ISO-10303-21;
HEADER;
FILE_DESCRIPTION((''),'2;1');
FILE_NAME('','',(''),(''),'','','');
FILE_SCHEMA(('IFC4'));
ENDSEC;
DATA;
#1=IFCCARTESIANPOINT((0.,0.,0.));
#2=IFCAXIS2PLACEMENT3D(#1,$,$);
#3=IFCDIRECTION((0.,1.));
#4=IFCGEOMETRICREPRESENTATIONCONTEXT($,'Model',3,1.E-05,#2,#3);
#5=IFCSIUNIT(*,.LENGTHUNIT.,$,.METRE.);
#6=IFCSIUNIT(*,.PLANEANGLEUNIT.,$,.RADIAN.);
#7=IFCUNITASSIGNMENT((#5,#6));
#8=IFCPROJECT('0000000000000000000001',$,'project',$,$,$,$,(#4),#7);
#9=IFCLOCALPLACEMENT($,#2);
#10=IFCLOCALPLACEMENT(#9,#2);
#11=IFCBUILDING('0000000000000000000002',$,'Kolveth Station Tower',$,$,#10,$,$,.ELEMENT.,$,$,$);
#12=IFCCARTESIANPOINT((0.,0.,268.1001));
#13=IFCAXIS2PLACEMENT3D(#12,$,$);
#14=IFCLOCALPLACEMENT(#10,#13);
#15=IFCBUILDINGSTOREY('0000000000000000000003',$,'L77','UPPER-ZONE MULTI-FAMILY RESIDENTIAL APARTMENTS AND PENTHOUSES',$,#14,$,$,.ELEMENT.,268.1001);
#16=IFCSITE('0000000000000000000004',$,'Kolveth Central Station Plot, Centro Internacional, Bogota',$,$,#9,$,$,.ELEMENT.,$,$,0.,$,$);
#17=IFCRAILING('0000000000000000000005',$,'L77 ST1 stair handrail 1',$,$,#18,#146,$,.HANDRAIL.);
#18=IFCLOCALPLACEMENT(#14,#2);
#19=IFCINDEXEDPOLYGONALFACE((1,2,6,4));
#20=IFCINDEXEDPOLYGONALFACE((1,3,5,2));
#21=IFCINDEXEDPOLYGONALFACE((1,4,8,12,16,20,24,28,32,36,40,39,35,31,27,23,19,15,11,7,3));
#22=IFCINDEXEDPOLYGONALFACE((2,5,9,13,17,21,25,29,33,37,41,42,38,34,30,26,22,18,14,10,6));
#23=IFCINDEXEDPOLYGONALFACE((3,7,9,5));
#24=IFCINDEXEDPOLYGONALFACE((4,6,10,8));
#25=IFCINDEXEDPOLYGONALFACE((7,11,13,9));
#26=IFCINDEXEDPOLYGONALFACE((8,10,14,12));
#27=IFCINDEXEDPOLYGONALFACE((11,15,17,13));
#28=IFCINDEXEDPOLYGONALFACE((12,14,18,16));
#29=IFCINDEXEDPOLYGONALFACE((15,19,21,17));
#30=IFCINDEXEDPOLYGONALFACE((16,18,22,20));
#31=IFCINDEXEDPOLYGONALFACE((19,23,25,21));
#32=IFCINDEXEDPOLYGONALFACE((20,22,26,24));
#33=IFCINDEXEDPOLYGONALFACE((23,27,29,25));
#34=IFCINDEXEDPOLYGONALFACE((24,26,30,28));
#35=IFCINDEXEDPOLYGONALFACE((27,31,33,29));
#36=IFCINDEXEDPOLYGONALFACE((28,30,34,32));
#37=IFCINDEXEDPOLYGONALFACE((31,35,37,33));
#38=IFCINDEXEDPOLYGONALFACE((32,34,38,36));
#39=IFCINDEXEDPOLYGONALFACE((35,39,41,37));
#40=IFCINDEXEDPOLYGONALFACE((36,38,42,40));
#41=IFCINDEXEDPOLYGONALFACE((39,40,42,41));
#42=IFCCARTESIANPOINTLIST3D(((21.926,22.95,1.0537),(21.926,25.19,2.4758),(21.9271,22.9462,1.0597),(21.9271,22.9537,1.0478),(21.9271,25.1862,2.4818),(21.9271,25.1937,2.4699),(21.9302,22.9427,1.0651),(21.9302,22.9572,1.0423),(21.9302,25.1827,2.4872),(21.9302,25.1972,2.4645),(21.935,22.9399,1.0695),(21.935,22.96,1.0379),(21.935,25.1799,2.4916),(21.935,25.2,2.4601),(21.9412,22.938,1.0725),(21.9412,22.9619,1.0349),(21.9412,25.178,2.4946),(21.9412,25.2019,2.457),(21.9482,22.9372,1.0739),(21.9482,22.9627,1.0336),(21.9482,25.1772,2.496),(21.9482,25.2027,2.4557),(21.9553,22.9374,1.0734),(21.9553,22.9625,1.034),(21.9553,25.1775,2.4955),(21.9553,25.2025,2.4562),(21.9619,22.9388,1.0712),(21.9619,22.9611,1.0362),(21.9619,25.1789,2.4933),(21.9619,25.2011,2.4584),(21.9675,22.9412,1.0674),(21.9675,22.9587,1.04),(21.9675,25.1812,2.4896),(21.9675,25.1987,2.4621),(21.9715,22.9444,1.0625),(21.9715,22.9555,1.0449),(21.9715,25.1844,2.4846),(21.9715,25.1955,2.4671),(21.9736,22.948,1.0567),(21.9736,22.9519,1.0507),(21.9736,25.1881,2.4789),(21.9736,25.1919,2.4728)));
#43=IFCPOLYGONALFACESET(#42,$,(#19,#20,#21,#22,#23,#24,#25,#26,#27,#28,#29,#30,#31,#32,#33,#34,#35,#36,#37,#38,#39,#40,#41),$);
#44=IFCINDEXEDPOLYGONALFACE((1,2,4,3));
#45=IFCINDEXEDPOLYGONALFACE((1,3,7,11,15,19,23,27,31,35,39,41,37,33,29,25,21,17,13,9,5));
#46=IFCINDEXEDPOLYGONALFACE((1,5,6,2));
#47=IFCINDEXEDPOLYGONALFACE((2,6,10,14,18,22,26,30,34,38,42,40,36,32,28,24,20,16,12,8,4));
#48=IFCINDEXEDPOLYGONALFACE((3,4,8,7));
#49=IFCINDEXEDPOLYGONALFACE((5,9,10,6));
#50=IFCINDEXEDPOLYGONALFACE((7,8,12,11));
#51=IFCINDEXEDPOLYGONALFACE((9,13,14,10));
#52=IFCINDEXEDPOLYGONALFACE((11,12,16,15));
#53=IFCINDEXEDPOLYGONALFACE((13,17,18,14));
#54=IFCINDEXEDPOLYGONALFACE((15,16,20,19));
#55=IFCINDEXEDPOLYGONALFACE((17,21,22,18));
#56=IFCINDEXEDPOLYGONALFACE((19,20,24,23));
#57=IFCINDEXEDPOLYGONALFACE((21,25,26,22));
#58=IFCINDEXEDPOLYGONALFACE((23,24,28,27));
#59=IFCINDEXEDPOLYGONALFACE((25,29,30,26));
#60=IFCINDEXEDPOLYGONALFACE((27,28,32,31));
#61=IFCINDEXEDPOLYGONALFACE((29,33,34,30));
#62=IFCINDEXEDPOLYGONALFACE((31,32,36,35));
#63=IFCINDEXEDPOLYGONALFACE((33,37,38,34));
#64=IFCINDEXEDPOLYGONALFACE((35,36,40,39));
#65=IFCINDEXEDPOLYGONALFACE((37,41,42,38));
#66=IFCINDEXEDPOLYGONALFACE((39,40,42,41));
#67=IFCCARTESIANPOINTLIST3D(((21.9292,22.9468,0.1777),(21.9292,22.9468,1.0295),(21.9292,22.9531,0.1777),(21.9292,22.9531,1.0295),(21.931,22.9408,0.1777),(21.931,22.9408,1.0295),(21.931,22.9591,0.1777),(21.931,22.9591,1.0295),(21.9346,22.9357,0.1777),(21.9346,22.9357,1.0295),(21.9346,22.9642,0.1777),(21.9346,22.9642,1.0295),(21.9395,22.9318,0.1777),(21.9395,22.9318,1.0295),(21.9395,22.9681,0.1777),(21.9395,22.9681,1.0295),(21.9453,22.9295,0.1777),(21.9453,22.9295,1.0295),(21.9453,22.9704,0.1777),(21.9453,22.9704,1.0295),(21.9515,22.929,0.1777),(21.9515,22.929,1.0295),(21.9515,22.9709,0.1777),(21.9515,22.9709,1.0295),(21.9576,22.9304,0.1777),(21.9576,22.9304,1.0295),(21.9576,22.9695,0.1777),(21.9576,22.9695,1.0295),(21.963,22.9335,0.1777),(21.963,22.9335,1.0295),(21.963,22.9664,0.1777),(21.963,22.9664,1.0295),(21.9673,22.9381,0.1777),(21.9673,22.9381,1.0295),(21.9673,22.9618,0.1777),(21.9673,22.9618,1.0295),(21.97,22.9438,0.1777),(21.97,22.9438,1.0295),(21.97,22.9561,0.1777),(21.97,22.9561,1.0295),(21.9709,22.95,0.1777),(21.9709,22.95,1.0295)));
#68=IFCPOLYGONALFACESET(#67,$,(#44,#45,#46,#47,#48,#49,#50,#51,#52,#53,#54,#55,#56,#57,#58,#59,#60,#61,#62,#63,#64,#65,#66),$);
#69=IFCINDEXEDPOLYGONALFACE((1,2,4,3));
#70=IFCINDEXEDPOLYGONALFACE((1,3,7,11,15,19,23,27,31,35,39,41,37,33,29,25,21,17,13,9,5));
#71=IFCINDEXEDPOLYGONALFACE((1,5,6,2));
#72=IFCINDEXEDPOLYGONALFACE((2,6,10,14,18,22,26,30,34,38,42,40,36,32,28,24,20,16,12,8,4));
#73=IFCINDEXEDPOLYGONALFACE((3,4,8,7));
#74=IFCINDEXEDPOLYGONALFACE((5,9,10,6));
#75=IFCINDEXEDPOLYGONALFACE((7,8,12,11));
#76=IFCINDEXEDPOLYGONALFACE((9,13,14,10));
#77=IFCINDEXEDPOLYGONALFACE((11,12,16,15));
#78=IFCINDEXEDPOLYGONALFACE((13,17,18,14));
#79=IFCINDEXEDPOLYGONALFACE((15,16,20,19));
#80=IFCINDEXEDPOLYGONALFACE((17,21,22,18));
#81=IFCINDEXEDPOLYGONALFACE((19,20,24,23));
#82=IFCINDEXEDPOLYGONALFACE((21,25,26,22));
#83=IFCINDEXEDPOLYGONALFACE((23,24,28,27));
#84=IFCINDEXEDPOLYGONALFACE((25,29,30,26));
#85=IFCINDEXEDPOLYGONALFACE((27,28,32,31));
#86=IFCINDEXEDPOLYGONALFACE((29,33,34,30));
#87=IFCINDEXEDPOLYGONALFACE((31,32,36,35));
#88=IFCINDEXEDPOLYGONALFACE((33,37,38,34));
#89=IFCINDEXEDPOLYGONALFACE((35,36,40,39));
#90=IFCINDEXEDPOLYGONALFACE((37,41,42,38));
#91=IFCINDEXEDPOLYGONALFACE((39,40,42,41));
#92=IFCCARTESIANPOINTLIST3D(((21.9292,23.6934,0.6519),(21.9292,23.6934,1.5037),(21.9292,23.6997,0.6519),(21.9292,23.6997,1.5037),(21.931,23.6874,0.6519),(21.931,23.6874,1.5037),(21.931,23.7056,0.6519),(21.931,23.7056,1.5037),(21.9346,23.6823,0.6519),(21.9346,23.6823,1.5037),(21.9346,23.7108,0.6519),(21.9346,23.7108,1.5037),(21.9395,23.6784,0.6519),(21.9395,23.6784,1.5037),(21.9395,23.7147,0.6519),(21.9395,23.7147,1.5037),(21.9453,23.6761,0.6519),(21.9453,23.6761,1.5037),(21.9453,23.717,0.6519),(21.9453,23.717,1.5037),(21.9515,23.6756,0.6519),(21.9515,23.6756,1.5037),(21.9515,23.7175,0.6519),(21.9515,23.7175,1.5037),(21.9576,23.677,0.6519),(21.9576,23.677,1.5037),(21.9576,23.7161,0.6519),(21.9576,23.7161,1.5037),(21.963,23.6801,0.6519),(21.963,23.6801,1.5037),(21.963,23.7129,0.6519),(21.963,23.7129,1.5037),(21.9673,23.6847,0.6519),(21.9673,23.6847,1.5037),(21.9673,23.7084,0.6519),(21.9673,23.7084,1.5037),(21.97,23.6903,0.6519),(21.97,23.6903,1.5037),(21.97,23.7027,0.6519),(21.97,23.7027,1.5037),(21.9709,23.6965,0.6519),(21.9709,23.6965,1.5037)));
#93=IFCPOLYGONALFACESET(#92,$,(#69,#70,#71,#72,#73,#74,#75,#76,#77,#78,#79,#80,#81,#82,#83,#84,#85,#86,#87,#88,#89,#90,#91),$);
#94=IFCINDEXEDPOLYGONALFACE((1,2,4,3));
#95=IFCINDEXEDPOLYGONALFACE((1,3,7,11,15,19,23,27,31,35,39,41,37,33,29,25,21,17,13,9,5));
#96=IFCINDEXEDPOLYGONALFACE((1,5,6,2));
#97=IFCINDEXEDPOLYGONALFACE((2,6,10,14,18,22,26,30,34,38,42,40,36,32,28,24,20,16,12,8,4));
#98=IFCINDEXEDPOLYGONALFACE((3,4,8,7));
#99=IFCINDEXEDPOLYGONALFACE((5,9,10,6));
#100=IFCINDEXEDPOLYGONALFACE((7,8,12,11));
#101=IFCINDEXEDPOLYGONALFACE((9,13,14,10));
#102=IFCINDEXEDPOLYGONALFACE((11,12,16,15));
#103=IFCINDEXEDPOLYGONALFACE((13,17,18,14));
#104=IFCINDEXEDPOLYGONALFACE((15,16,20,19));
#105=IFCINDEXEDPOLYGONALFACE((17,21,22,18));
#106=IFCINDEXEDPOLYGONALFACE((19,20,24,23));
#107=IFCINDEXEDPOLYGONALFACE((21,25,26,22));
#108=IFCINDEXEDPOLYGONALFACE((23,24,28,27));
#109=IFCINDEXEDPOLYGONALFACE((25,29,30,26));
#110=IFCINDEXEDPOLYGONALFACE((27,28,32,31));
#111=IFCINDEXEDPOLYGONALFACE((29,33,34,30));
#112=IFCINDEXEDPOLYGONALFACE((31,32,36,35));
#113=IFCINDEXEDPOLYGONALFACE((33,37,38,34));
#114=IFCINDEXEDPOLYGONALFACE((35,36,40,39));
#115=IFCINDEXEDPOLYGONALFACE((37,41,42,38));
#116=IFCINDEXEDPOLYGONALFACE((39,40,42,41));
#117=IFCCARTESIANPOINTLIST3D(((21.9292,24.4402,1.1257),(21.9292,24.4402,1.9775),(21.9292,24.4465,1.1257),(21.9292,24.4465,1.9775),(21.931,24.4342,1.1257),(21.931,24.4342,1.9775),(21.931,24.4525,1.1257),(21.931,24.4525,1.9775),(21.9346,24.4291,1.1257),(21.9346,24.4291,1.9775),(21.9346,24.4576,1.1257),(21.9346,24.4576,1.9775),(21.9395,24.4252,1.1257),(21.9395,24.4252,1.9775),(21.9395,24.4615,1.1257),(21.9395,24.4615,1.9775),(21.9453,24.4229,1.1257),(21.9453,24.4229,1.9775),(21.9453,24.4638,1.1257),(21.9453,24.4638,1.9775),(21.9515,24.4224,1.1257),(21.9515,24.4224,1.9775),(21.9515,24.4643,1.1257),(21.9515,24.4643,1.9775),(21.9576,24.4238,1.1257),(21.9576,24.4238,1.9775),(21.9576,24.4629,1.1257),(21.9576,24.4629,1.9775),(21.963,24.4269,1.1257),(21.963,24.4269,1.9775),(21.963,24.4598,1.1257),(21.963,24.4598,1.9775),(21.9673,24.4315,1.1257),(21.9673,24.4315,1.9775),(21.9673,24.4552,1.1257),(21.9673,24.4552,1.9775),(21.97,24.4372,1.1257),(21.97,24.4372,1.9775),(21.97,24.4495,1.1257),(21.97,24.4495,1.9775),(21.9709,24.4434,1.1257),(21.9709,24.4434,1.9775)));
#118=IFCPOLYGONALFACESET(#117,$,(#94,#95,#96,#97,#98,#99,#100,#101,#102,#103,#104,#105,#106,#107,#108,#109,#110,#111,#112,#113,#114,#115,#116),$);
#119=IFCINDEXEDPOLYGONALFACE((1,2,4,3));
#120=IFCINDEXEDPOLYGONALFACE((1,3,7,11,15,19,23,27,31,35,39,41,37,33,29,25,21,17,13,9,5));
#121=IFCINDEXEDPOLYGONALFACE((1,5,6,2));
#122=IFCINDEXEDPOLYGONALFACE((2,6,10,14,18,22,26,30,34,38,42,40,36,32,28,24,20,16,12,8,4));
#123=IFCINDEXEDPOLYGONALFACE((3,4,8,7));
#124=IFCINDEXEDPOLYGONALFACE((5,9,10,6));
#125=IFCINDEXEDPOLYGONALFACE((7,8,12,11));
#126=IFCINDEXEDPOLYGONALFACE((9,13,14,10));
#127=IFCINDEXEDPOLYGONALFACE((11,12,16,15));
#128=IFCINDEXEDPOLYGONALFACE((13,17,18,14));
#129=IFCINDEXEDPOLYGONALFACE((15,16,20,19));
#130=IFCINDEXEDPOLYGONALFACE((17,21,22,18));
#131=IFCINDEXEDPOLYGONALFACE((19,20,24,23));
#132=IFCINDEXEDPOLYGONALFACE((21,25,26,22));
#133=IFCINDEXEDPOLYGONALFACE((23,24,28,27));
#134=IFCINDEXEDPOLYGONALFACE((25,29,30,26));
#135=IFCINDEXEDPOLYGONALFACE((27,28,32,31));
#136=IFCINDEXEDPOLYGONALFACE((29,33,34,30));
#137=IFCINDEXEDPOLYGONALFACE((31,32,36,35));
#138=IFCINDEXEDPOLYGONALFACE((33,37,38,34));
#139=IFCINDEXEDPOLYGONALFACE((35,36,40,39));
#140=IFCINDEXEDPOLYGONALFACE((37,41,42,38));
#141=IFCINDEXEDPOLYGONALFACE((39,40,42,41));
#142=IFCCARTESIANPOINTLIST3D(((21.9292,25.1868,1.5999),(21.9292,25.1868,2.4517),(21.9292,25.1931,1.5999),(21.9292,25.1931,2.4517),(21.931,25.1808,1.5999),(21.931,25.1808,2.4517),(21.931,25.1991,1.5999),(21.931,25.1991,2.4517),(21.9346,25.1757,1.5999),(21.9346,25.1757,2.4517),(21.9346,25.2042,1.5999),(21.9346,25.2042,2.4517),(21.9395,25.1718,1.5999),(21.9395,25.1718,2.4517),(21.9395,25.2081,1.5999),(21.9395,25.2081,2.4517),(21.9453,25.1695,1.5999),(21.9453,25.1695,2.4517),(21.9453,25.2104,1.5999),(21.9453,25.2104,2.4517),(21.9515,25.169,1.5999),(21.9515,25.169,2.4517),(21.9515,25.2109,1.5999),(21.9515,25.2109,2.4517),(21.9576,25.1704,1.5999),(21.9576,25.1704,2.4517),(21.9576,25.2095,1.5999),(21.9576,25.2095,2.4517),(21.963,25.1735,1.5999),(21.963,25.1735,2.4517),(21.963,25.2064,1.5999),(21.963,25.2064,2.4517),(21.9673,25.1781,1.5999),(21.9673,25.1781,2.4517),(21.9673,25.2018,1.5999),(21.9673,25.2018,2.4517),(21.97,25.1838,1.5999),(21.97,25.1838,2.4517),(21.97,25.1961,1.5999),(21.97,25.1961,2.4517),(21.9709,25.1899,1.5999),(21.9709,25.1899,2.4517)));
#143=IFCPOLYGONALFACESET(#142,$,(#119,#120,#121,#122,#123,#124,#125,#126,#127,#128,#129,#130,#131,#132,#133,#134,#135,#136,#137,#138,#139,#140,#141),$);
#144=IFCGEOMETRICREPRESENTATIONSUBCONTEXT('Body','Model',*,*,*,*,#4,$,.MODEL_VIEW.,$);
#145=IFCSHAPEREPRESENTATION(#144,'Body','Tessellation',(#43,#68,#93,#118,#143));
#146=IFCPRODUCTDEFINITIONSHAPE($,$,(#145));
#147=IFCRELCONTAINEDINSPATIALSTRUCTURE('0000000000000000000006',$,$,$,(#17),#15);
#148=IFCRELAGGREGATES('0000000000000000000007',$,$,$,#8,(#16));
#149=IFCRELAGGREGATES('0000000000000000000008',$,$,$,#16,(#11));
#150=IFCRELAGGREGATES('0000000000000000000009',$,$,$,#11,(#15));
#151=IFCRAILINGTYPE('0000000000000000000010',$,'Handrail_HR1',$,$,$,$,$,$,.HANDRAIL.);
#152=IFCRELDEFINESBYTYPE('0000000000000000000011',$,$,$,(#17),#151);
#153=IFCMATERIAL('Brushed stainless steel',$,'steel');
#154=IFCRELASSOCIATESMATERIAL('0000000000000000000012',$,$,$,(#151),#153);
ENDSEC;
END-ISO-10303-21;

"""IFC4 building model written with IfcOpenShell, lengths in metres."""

from ifc_helpers import new_model, si_unit, direction, frame, origin, origin_2d, place, context, subcontext, project, spatial, circle, extrude, material, type_object, element, save


model = new_model("IFC4")

# Units and contexts
model_context = context("Model", 3, precision=1e-05, world=origin(), true_north=direction((0.0, 1.0)))
body_context = subcontext(model_context, "Body", "Model", "MODEL_VIEW")
ifc_project = project(units=[si_unit("LENGTHUNIT", "METRE"), si_unit("PLANEANGLEUNIT", "RADIAN")], contexts=[model_context])

# Site, building, storey
site_placement = place(None, origin())
site = spatial("IfcSite", under=ifc_project, at=site_placement, Name="Kolveth Central Station Plot, Centro Internacional, Bogota", CompositionType="ELEMENT", RefElevation=0.0)
building_placement = place(site_placement, origin())
building = spatial("IfcBuilding", under=site, at=building_placement, Name="Kolveth Station Tower", CompositionType="ELEMENT")
storey_placement = place(building_placement, frame((0.0, 0.0, 268.1001)))
storey = spatial("IfcBuildingStorey", under=building, at=storey_placement, Name="L77", Description="UPPER-ZONE MULTI-FAMILY RESIDENTIAL APARTMENTS AND PENTHOUSES", CompositionType="ELEMENT", Elevation=268.1001)

# Railing
ifc_material_1 = material(Name="Brushed stainless steel", Category="steel")
railing_type_1 = type_object("IfcRailingType", Name="Handrail_HR1", PredefinedType="HANDRAIL", material=ifc_material_1)
railing_1_placement = place(storey_placement, frame((21.95, 22.95, 0.1777)))
element("IfcRailing", 1, at=railing_1_placement, inside=storey, type_object=railing_type_1, Name="L77 ST1 stair handrail 1", PredefinedType="HANDRAIL", context=body_context, shape_type="SweptSolid", body=[
    extrude(circle(Radius=0.0239, at=origin_2d()), frame((0.0, 0.0, 0.876), z_axis=(0.0, 0.844229, 0.535982), x_axis=(-1.0, 0.0, 0.0)), (0.0, 0.0, 1.0), 2.6533),
    extrude(circle(Radius=0.021, at=origin_2d()), origin(), (0.0, 0.0, 1.0), 0.8518),
    extrude(circle(Radius=0.021, at=origin_2d()), frame((0.0, 0.7466, 0.4741)), (0.0, 0.0, 1.0), 0.8518),
    extrude(circle(Radius=0.021, at=origin_2d()), frame((0.0, 1.4934, 0.948)), (0.0, 0.0, 1.0), 0.8518),
    extrude(circle(Radius=0.021, at=origin_2d()), frame((0.0, 2.24, 1.4221)), (0.0, 0.0, 1.0), 0.8518),
])

save(model, "model.ifc")
